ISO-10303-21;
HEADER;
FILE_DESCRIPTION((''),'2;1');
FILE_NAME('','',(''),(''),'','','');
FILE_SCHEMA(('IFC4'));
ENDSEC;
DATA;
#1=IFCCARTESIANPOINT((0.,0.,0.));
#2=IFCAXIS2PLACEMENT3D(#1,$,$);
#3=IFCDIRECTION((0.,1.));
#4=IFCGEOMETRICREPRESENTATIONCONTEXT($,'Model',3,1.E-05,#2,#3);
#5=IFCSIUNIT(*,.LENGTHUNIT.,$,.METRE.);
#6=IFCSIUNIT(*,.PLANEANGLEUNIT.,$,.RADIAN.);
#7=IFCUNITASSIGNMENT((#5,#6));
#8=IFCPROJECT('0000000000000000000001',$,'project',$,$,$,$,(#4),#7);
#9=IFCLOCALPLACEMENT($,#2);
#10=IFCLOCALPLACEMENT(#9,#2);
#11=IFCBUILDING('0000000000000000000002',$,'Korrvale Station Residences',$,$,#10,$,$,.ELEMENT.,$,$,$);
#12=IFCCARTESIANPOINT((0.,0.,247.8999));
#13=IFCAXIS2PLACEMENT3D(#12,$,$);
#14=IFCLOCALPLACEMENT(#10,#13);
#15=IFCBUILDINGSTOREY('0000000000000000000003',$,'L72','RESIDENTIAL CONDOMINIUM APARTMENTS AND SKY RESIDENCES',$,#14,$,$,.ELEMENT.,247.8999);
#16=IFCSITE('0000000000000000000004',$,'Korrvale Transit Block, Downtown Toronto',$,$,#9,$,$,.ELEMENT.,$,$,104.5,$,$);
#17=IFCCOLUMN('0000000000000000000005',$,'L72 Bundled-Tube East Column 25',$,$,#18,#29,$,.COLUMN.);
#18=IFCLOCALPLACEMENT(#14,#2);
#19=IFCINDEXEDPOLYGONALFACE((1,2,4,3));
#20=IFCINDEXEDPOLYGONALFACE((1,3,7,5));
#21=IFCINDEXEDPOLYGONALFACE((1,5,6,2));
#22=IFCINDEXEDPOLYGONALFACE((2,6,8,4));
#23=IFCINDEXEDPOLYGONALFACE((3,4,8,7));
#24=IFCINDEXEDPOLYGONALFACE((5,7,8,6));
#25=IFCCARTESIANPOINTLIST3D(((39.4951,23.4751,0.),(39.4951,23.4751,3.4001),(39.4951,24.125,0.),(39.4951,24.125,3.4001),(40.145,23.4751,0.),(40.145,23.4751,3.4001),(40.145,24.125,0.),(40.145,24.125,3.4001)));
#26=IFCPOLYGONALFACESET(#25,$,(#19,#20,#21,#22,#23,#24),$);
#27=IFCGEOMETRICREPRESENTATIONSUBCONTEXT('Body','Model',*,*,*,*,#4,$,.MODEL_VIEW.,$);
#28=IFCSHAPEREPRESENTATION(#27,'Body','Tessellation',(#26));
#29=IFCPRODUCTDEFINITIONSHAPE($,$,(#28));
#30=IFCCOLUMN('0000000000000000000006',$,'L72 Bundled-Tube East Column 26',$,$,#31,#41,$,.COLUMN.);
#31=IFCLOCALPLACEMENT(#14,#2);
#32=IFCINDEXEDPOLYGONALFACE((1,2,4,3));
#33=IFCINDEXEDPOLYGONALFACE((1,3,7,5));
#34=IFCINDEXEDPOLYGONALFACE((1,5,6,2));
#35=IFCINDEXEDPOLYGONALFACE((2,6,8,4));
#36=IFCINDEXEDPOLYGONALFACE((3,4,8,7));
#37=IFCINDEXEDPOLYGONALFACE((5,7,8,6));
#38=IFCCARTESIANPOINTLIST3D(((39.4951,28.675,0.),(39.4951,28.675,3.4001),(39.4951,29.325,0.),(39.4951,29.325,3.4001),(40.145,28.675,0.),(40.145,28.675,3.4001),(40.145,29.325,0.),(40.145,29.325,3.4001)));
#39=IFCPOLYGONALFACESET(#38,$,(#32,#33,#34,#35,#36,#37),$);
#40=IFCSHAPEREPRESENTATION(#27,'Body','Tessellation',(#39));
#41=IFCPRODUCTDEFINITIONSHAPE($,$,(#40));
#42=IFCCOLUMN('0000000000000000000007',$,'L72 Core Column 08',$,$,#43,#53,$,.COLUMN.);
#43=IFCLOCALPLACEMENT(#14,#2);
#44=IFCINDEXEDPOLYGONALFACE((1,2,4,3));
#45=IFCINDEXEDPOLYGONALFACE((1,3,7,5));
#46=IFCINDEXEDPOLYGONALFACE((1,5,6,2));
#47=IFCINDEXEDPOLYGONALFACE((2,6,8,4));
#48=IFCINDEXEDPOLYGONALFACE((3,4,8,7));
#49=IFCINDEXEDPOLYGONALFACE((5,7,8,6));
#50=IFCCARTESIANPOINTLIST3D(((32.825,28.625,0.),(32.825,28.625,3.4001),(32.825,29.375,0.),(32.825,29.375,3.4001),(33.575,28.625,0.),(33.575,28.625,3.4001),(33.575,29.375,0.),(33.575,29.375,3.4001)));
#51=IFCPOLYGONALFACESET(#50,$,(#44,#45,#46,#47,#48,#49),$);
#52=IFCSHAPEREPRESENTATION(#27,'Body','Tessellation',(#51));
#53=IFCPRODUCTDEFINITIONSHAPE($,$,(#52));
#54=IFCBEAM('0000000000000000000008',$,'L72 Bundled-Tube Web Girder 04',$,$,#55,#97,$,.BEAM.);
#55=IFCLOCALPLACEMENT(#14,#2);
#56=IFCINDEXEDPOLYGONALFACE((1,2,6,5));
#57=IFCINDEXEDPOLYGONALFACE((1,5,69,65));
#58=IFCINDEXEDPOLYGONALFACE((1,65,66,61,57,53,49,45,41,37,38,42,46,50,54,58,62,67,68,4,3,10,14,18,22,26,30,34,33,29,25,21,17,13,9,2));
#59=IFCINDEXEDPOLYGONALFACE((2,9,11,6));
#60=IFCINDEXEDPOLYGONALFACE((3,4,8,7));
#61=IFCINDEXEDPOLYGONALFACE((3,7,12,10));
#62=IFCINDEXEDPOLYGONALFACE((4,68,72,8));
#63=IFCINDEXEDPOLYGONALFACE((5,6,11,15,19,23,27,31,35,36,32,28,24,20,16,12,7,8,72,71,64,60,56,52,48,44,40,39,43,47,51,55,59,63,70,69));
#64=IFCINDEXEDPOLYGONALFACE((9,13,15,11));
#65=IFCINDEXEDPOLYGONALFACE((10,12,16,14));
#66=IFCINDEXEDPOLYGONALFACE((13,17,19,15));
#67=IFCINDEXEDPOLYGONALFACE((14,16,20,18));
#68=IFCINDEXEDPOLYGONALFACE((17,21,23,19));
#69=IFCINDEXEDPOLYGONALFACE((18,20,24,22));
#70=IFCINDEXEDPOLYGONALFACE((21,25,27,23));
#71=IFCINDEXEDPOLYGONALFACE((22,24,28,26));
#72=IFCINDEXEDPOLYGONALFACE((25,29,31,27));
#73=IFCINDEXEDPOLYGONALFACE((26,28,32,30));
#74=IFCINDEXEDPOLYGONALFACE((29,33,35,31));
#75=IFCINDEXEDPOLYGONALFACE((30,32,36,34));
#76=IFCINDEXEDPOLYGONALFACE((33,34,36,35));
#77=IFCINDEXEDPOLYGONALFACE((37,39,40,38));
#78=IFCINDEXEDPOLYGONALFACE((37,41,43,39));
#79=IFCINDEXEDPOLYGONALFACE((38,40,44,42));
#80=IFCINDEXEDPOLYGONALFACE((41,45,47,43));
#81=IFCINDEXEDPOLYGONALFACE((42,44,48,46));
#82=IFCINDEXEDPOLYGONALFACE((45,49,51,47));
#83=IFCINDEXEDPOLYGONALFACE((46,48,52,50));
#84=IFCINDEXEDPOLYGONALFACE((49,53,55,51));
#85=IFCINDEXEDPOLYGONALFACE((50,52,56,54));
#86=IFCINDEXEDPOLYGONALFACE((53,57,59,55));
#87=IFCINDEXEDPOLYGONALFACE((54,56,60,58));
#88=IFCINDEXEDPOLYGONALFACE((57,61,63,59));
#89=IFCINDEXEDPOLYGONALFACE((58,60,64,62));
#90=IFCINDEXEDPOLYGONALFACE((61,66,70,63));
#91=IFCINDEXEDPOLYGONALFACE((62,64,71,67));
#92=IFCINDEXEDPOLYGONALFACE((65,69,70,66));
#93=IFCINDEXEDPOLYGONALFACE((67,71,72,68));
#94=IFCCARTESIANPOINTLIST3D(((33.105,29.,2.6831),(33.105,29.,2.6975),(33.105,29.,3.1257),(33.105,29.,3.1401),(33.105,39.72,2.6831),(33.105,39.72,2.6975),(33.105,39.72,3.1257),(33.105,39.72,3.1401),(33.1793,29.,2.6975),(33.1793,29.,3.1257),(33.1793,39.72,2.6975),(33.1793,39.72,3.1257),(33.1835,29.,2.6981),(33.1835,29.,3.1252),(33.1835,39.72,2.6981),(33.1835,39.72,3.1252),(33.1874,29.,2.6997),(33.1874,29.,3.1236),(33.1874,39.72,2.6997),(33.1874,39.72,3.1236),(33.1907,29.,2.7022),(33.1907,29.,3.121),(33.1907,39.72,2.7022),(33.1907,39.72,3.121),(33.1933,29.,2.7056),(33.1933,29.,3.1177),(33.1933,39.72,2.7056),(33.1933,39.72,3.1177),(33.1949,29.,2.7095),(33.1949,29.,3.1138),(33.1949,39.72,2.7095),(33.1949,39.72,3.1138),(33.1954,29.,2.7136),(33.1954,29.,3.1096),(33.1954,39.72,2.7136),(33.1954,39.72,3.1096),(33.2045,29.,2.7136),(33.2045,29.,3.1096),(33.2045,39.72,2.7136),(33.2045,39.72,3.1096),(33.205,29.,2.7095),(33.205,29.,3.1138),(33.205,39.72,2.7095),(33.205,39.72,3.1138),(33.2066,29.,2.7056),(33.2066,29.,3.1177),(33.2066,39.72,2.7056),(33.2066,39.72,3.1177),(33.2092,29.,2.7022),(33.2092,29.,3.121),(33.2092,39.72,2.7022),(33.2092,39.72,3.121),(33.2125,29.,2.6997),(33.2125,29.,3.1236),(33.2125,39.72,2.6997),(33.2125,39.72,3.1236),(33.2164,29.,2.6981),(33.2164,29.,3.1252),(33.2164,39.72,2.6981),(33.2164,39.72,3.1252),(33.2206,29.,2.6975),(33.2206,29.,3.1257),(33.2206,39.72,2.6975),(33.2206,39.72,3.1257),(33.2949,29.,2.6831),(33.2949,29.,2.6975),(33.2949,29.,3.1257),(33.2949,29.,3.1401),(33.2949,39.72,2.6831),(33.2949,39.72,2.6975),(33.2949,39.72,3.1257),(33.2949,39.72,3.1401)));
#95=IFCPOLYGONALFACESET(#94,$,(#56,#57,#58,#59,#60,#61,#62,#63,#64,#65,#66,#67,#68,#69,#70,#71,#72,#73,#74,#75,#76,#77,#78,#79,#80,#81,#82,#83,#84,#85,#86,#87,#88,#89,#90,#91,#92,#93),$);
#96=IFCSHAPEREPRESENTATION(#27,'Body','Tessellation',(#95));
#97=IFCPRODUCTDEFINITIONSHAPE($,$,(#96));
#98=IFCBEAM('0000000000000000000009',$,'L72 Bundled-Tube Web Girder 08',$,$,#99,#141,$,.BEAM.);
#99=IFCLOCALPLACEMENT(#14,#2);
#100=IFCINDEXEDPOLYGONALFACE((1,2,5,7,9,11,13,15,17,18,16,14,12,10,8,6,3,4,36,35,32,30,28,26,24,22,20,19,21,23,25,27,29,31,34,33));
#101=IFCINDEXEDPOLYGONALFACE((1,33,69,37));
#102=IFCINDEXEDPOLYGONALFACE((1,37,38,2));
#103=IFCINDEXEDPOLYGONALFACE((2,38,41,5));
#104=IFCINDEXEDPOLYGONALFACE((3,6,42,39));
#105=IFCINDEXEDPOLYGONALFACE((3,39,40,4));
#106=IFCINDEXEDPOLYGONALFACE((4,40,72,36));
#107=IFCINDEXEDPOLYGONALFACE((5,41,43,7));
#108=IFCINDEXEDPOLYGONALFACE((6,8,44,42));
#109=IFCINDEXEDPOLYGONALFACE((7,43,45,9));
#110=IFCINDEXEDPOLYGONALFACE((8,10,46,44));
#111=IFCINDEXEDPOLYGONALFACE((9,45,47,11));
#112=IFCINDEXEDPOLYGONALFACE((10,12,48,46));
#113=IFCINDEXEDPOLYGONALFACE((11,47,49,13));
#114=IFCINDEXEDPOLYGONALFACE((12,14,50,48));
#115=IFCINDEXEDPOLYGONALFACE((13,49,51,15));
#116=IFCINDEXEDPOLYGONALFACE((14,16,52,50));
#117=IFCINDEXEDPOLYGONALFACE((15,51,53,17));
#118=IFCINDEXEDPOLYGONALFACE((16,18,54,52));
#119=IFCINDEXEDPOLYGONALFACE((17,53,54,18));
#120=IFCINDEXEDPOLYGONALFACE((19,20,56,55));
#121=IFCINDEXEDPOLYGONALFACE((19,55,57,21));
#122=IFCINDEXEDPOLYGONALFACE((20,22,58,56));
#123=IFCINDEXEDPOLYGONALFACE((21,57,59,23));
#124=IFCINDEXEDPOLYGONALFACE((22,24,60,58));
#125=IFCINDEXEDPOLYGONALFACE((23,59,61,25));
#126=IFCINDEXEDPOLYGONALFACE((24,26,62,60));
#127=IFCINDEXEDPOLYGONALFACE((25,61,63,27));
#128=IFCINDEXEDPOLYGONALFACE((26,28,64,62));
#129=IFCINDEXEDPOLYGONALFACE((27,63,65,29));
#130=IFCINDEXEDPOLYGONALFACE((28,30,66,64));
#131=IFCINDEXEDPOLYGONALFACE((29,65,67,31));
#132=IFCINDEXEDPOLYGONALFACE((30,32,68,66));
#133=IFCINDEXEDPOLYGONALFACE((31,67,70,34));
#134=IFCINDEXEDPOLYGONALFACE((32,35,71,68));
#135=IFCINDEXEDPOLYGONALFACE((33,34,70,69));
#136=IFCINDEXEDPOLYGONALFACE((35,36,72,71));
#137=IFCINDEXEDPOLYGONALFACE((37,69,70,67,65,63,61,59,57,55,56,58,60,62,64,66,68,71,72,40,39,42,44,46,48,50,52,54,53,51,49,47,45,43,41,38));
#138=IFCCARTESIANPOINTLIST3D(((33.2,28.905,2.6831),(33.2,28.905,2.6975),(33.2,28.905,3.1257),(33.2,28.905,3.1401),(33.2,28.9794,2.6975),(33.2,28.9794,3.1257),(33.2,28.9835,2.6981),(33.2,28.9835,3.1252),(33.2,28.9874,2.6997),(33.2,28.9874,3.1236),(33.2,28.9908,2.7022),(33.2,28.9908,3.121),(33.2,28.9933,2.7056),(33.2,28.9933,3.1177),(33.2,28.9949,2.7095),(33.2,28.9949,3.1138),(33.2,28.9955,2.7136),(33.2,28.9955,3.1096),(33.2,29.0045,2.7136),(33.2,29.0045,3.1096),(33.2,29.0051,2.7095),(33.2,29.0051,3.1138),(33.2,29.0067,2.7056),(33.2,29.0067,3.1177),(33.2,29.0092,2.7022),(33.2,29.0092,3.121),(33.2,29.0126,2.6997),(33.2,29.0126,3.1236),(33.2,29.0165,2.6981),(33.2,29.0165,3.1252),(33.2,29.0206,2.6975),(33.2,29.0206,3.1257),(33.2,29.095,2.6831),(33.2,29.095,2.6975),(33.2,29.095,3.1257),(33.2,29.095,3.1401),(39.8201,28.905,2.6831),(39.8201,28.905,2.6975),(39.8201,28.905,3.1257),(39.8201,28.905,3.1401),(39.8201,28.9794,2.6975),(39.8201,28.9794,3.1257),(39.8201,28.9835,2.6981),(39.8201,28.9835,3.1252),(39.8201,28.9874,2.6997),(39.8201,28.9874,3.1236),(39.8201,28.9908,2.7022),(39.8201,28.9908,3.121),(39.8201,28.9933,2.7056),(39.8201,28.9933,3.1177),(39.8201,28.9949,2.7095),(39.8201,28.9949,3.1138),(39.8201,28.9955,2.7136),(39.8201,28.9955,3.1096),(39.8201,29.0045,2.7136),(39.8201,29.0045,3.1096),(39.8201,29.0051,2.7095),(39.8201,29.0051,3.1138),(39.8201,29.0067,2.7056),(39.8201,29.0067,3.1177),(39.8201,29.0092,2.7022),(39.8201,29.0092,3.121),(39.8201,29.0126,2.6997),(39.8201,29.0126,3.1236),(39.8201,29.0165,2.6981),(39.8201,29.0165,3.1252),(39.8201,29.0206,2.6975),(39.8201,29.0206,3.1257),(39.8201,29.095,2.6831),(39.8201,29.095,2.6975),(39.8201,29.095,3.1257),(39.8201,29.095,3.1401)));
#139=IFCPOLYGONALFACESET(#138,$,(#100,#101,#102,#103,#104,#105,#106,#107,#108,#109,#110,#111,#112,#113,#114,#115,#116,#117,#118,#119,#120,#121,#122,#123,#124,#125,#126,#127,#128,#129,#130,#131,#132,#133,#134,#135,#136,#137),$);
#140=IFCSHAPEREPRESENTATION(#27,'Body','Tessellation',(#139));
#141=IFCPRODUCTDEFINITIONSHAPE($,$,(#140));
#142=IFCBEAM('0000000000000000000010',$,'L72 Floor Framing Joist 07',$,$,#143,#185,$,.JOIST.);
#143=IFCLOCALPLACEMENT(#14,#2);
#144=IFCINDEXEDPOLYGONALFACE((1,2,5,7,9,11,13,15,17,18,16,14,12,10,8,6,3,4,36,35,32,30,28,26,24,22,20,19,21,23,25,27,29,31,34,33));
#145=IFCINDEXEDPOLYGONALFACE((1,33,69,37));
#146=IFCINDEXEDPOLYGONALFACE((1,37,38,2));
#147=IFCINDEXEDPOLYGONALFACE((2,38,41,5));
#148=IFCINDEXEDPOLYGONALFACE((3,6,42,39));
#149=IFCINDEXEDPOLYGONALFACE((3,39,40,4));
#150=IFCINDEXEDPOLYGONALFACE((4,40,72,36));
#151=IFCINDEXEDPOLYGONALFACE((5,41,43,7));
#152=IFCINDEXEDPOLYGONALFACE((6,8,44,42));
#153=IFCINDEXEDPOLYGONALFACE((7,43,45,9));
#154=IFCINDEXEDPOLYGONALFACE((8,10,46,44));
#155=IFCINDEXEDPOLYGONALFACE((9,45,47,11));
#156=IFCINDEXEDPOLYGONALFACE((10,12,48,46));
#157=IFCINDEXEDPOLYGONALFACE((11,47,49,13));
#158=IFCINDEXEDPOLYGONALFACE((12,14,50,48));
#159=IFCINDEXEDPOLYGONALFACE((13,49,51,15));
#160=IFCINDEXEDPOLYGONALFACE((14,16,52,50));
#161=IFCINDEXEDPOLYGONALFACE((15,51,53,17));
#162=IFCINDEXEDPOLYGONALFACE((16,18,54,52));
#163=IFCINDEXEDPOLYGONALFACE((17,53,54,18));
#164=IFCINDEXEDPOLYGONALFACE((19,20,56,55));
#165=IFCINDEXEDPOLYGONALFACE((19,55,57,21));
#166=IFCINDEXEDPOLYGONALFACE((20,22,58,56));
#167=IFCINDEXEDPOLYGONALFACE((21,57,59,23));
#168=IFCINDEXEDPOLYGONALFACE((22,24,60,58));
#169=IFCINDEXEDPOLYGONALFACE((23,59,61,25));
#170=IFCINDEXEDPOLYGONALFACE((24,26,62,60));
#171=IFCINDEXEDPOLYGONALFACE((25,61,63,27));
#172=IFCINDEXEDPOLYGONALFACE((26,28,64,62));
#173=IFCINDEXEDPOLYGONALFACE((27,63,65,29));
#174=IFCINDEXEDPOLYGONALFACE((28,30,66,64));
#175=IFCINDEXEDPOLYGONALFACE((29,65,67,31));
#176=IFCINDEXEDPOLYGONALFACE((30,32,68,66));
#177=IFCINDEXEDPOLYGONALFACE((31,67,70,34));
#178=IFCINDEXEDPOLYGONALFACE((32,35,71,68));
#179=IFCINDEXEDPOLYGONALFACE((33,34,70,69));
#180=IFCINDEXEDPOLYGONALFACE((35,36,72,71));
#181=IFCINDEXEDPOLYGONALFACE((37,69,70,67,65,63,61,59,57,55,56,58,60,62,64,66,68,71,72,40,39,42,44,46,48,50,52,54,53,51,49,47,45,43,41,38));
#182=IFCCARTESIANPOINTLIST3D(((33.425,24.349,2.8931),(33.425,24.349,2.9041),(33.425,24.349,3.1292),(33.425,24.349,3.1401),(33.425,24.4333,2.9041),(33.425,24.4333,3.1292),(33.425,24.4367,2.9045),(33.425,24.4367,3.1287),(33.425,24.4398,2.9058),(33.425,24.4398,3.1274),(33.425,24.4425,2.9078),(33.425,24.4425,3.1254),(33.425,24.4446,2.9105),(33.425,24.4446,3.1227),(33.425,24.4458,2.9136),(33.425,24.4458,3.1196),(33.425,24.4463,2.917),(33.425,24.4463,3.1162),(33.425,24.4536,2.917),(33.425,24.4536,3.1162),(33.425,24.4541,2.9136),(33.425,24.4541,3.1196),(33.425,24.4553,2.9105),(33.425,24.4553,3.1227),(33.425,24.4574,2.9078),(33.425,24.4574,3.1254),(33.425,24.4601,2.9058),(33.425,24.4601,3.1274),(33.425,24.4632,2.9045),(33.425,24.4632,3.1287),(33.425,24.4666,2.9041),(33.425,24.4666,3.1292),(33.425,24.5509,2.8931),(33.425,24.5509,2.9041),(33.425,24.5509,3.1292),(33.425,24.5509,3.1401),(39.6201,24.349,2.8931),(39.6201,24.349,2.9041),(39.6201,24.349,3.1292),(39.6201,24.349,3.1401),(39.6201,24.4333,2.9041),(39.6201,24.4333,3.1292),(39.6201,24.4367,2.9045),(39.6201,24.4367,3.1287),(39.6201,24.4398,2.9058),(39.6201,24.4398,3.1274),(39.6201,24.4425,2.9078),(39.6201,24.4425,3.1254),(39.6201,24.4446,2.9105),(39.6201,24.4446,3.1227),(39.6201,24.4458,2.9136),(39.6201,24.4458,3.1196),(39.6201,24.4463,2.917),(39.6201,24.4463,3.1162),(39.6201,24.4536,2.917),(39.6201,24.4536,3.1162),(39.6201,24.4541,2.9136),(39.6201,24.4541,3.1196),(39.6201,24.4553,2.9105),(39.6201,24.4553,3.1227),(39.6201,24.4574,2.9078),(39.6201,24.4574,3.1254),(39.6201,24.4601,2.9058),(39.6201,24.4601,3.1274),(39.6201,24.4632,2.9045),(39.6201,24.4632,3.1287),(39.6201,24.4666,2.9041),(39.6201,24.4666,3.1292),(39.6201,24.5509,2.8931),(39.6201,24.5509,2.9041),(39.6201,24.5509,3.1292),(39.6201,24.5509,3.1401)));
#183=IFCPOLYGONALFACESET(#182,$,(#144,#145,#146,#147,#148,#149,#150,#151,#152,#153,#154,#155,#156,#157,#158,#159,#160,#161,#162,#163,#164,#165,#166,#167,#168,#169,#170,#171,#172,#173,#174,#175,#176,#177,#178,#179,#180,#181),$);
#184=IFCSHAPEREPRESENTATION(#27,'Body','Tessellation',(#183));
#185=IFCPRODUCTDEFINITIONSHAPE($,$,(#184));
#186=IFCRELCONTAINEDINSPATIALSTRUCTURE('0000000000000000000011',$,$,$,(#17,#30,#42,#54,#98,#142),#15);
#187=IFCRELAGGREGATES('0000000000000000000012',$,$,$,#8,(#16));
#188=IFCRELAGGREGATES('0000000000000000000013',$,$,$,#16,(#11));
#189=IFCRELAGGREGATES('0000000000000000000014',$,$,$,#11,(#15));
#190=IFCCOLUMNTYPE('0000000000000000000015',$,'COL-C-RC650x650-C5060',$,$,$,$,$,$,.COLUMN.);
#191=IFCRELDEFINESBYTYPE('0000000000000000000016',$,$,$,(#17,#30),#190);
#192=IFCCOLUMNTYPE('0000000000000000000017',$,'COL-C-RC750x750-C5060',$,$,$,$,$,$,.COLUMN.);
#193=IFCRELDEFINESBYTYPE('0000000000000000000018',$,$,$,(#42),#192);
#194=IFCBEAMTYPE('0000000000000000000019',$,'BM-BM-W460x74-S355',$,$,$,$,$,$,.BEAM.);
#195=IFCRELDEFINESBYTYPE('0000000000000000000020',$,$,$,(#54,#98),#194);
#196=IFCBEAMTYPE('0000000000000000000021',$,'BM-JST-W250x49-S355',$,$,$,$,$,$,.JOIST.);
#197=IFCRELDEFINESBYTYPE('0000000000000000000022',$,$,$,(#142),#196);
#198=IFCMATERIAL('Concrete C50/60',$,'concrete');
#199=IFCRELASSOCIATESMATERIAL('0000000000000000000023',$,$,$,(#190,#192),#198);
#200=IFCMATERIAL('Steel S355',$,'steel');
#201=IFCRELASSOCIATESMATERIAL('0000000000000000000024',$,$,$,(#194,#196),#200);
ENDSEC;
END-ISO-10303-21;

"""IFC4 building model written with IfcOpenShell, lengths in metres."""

from ifc_helpers import new_model, si_unit, direction, frame, origin, origin_2d, place, context, subcontext, project, spatial, rectangle, i_section, extrude, material, material_profile, profile_set, type_object, element, save


model = new_model("IFC4")

# Units and contexts
model_context = context("Model", 3, precision=1e-05, world=origin(), true_north=direction((0.0, 1.0)))
body_context = subcontext(model_context, "Body", "Model", "MODEL_VIEW")
ifc_project = project(units=[si_unit("LENGTHUNIT", "METRE"), si_unit("PLANEANGLEUNIT", "RADIAN")], contexts=[model_context])

# Site, building, storey
site_placement = place(None, origin())
site = spatial("IfcSite", under=ifc_project, at=site_placement, Name="Korrvale Transit Block, Downtown Toronto", CompositionType="ELEMENT", RefElevation=104.5)
building_placement = place(site_placement, origin())
building = spatial("IfcBuilding", under=site, at=building_placement, Name="Korrvale Station Residences", CompositionType="ELEMENT")
storey_placement = place(building_placement, frame((0.0, 0.0, 247.8999)))
storey = spatial("IfcBuildingStorey", under=building, at=storey_placement, Name="L72", Description="RESIDENTIAL CONDOMINIUM APARTMENTS AND SKY RESIDENCES", CompositionType="ELEMENT", Elevation=247.8999)

# Columns
ifc_material_1 = material(Name="Concrete C50/60", Category="concrete")
ifc_material_profile_1 = material_profile(ifc_material_1, rectangle(XDim=0.6499, YDim=0.6499, at=origin_2d()), Name="RC650x650")
ifc_profile_set_1 = profile_set([ifc_material_profile_1], Name="Concrete C50/60")
column_type_1 = type_object("IfcColumnType", Name="COL-C-RC650x650-C5060", PredefinedType="COLUMN", material=ifc_profile_set_1)
for number, where, z_axis, x_axis, name in (
    (1, (39.8201, 23.8, 0.0), (0.0, 0.0, 1.0), (1.0, 0.0, 0.0), "L72 Bundled-Tube East Column 25"),
    (2, (39.8201, 29.0, 0.0), (0.0, 0.0, 1.0), (1.0, 0.0, 0.0), "L72 Bundled-Tube East Column 26"),
):
    element("IfcColumn", number, at=place(storey_placement, frame(where, z_axis=z_axis, x_axis=x_axis)), inside=storey, type_object=column_type_1, Name=name, PredefinedType="COLUMN", context=body_context, shape_type="SweptSolid", body=[
        extrude(rectangle(XDim=0.6499, YDim=0.6499, at=origin_2d()), origin(), (0.0, 0.0, 1.0), 3.4001),
    ])
ifc_material_profile_2 = material_profile(ifc_material_1, rectangle(XDim=0.75, YDim=0.75, at=origin_2d()), Name="RC750x750")
ifc_profile_set_2 = profile_set([ifc_material_profile_2], Name="Concrete C50/60")
column_type_2 = type_object("IfcColumnType", Name="COL-C-RC750x750-C5060", PredefinedType="COLUMN", material=ifc_profile_set_2)
column_placement = place(storey_placement, frame((33.2, 29.0, 0.0), z_axis=(0.0, 0.0, 1.0), x_axis=(1.0, 0.0, 0.0)))
element("IfcColumn", 3, at=column_placement, inside=storey, type_object=column_type_2, Name="L72 Core Column 08", PredefinedType="COLUMN", context=body_context, shape_type="SweptSolid", body=[
    extrude(rectangle(XDim=0.75, YDim=0.75, at=origin_2d()), origin(), (0.0, 0.0, 1.0), 3.4001),
])

# Beams
ifc_material_2 = material(Name="Steel S355", Category="steel")
ifc_material_profile_3 = material_profile(ifc_material_2, i_section(OverallWidth=0.1899, OverallDepth=0.457, WebThickness=0.009, FlangeThickness=0.0144, FilletRadius=0.0161, at=origin_2d()), Name="W460x74")
ifc_profile_set_3 = profile_set([ifc_material_profile_3], Name="Steel S355")
beam_type_1 = type_object("IfcBeamType", Name="BM-BM-W460x74-S355", PredefinedType="BEAM", material=ifc_profile_set_3)
beam_1_placement = place(storey_placement, frame((33.2, 29.0, 2.9116), z_axis=(0.0, 1.0, 0.0), x_axis=(-1.0, 0.0, 0.0)))
element("IfcBeam", 4, at=beam_1_placement, inside=storey, type_object=beam_type_1, Name="L72 Bundled-Tube Web Girder 04", PredefinedType="BEAM", context=body_context, shape_type="SweptSolid", body=[
    extrude(i_section(OverallWidth=0.1899, OverallDepth=0.457, WebThickness=0.009, FlangeThickness=0.0144, FilletRadius=0.0161, at=origin_2d()), origin(), (0.0, 0.0, 1.0), 10.72),
])
beam_2_placement = place(storey_placement, frame((33.2, 29.0, 2.9116), z_axis=(1.0, 0.0, 0.0), x_axis=(0.0, 1.0, 0.0)))
element("IfcBeam", 5, at=beam_2_placement, inside=storey, type_object=beam_type_1, Name="L72 Bundled-Tube Web Girder 08", PredefinedType="BEAM", context=body_context, shape_type="SweptSolid", body=[
    extrude(i_section(OverallWidth=0.1899, OverallDepth=0.457, WebThickness=0.009, FlangeThickness=0.0144, FilletRadius=0.0161, at=origin_2d()), origin(), (0.0, 0.0, 1.0), 6.6201),
])
ifc_material_profile_4 = material_profile(ifc_material_2, i_section(OverallWidth=0.2019, OverallDepth=0.2471, WebThickness=0.0073, FlangeThickness=0.011, FilletRadius=0.0129, at=origin_2d()), Name="W250x49")
ifc_profile_set_4 = profile_set([ifc_material_profile_4], Name="Steel S355")
beam_type_2 = type_object("IfcBeamType", Name="BM-JST-W250x49-S355", PredefinedType="JOIST", material=ifc_profile_set_4)
beam_3_placement = place(storey_placement, frame((33.425, 24.45, 3.0166), z_axis=(1.0, 0.0, 0.0), x_axis=(0.0, 1.0, 0.0)))
element("IfcBeam", 6, at=beam_3_placement, inside=storey, type_object=beam_type_2, Name="L72 Floor Framing Joist 07", PredefinedType="JOIST", context=body_context, shape_type="SweptSolid", body=[
    extrude(i_section(OverallWidth=0.2019, OverallDepth=0.2471, WebThickness=0.0073, FlangeThickness=0.011, FilletRadius=0.0129, at=origin_2d()), origin(), (0.0, 0.0, 1.0), 6.1951),
])

save(model, "model.ifc")
